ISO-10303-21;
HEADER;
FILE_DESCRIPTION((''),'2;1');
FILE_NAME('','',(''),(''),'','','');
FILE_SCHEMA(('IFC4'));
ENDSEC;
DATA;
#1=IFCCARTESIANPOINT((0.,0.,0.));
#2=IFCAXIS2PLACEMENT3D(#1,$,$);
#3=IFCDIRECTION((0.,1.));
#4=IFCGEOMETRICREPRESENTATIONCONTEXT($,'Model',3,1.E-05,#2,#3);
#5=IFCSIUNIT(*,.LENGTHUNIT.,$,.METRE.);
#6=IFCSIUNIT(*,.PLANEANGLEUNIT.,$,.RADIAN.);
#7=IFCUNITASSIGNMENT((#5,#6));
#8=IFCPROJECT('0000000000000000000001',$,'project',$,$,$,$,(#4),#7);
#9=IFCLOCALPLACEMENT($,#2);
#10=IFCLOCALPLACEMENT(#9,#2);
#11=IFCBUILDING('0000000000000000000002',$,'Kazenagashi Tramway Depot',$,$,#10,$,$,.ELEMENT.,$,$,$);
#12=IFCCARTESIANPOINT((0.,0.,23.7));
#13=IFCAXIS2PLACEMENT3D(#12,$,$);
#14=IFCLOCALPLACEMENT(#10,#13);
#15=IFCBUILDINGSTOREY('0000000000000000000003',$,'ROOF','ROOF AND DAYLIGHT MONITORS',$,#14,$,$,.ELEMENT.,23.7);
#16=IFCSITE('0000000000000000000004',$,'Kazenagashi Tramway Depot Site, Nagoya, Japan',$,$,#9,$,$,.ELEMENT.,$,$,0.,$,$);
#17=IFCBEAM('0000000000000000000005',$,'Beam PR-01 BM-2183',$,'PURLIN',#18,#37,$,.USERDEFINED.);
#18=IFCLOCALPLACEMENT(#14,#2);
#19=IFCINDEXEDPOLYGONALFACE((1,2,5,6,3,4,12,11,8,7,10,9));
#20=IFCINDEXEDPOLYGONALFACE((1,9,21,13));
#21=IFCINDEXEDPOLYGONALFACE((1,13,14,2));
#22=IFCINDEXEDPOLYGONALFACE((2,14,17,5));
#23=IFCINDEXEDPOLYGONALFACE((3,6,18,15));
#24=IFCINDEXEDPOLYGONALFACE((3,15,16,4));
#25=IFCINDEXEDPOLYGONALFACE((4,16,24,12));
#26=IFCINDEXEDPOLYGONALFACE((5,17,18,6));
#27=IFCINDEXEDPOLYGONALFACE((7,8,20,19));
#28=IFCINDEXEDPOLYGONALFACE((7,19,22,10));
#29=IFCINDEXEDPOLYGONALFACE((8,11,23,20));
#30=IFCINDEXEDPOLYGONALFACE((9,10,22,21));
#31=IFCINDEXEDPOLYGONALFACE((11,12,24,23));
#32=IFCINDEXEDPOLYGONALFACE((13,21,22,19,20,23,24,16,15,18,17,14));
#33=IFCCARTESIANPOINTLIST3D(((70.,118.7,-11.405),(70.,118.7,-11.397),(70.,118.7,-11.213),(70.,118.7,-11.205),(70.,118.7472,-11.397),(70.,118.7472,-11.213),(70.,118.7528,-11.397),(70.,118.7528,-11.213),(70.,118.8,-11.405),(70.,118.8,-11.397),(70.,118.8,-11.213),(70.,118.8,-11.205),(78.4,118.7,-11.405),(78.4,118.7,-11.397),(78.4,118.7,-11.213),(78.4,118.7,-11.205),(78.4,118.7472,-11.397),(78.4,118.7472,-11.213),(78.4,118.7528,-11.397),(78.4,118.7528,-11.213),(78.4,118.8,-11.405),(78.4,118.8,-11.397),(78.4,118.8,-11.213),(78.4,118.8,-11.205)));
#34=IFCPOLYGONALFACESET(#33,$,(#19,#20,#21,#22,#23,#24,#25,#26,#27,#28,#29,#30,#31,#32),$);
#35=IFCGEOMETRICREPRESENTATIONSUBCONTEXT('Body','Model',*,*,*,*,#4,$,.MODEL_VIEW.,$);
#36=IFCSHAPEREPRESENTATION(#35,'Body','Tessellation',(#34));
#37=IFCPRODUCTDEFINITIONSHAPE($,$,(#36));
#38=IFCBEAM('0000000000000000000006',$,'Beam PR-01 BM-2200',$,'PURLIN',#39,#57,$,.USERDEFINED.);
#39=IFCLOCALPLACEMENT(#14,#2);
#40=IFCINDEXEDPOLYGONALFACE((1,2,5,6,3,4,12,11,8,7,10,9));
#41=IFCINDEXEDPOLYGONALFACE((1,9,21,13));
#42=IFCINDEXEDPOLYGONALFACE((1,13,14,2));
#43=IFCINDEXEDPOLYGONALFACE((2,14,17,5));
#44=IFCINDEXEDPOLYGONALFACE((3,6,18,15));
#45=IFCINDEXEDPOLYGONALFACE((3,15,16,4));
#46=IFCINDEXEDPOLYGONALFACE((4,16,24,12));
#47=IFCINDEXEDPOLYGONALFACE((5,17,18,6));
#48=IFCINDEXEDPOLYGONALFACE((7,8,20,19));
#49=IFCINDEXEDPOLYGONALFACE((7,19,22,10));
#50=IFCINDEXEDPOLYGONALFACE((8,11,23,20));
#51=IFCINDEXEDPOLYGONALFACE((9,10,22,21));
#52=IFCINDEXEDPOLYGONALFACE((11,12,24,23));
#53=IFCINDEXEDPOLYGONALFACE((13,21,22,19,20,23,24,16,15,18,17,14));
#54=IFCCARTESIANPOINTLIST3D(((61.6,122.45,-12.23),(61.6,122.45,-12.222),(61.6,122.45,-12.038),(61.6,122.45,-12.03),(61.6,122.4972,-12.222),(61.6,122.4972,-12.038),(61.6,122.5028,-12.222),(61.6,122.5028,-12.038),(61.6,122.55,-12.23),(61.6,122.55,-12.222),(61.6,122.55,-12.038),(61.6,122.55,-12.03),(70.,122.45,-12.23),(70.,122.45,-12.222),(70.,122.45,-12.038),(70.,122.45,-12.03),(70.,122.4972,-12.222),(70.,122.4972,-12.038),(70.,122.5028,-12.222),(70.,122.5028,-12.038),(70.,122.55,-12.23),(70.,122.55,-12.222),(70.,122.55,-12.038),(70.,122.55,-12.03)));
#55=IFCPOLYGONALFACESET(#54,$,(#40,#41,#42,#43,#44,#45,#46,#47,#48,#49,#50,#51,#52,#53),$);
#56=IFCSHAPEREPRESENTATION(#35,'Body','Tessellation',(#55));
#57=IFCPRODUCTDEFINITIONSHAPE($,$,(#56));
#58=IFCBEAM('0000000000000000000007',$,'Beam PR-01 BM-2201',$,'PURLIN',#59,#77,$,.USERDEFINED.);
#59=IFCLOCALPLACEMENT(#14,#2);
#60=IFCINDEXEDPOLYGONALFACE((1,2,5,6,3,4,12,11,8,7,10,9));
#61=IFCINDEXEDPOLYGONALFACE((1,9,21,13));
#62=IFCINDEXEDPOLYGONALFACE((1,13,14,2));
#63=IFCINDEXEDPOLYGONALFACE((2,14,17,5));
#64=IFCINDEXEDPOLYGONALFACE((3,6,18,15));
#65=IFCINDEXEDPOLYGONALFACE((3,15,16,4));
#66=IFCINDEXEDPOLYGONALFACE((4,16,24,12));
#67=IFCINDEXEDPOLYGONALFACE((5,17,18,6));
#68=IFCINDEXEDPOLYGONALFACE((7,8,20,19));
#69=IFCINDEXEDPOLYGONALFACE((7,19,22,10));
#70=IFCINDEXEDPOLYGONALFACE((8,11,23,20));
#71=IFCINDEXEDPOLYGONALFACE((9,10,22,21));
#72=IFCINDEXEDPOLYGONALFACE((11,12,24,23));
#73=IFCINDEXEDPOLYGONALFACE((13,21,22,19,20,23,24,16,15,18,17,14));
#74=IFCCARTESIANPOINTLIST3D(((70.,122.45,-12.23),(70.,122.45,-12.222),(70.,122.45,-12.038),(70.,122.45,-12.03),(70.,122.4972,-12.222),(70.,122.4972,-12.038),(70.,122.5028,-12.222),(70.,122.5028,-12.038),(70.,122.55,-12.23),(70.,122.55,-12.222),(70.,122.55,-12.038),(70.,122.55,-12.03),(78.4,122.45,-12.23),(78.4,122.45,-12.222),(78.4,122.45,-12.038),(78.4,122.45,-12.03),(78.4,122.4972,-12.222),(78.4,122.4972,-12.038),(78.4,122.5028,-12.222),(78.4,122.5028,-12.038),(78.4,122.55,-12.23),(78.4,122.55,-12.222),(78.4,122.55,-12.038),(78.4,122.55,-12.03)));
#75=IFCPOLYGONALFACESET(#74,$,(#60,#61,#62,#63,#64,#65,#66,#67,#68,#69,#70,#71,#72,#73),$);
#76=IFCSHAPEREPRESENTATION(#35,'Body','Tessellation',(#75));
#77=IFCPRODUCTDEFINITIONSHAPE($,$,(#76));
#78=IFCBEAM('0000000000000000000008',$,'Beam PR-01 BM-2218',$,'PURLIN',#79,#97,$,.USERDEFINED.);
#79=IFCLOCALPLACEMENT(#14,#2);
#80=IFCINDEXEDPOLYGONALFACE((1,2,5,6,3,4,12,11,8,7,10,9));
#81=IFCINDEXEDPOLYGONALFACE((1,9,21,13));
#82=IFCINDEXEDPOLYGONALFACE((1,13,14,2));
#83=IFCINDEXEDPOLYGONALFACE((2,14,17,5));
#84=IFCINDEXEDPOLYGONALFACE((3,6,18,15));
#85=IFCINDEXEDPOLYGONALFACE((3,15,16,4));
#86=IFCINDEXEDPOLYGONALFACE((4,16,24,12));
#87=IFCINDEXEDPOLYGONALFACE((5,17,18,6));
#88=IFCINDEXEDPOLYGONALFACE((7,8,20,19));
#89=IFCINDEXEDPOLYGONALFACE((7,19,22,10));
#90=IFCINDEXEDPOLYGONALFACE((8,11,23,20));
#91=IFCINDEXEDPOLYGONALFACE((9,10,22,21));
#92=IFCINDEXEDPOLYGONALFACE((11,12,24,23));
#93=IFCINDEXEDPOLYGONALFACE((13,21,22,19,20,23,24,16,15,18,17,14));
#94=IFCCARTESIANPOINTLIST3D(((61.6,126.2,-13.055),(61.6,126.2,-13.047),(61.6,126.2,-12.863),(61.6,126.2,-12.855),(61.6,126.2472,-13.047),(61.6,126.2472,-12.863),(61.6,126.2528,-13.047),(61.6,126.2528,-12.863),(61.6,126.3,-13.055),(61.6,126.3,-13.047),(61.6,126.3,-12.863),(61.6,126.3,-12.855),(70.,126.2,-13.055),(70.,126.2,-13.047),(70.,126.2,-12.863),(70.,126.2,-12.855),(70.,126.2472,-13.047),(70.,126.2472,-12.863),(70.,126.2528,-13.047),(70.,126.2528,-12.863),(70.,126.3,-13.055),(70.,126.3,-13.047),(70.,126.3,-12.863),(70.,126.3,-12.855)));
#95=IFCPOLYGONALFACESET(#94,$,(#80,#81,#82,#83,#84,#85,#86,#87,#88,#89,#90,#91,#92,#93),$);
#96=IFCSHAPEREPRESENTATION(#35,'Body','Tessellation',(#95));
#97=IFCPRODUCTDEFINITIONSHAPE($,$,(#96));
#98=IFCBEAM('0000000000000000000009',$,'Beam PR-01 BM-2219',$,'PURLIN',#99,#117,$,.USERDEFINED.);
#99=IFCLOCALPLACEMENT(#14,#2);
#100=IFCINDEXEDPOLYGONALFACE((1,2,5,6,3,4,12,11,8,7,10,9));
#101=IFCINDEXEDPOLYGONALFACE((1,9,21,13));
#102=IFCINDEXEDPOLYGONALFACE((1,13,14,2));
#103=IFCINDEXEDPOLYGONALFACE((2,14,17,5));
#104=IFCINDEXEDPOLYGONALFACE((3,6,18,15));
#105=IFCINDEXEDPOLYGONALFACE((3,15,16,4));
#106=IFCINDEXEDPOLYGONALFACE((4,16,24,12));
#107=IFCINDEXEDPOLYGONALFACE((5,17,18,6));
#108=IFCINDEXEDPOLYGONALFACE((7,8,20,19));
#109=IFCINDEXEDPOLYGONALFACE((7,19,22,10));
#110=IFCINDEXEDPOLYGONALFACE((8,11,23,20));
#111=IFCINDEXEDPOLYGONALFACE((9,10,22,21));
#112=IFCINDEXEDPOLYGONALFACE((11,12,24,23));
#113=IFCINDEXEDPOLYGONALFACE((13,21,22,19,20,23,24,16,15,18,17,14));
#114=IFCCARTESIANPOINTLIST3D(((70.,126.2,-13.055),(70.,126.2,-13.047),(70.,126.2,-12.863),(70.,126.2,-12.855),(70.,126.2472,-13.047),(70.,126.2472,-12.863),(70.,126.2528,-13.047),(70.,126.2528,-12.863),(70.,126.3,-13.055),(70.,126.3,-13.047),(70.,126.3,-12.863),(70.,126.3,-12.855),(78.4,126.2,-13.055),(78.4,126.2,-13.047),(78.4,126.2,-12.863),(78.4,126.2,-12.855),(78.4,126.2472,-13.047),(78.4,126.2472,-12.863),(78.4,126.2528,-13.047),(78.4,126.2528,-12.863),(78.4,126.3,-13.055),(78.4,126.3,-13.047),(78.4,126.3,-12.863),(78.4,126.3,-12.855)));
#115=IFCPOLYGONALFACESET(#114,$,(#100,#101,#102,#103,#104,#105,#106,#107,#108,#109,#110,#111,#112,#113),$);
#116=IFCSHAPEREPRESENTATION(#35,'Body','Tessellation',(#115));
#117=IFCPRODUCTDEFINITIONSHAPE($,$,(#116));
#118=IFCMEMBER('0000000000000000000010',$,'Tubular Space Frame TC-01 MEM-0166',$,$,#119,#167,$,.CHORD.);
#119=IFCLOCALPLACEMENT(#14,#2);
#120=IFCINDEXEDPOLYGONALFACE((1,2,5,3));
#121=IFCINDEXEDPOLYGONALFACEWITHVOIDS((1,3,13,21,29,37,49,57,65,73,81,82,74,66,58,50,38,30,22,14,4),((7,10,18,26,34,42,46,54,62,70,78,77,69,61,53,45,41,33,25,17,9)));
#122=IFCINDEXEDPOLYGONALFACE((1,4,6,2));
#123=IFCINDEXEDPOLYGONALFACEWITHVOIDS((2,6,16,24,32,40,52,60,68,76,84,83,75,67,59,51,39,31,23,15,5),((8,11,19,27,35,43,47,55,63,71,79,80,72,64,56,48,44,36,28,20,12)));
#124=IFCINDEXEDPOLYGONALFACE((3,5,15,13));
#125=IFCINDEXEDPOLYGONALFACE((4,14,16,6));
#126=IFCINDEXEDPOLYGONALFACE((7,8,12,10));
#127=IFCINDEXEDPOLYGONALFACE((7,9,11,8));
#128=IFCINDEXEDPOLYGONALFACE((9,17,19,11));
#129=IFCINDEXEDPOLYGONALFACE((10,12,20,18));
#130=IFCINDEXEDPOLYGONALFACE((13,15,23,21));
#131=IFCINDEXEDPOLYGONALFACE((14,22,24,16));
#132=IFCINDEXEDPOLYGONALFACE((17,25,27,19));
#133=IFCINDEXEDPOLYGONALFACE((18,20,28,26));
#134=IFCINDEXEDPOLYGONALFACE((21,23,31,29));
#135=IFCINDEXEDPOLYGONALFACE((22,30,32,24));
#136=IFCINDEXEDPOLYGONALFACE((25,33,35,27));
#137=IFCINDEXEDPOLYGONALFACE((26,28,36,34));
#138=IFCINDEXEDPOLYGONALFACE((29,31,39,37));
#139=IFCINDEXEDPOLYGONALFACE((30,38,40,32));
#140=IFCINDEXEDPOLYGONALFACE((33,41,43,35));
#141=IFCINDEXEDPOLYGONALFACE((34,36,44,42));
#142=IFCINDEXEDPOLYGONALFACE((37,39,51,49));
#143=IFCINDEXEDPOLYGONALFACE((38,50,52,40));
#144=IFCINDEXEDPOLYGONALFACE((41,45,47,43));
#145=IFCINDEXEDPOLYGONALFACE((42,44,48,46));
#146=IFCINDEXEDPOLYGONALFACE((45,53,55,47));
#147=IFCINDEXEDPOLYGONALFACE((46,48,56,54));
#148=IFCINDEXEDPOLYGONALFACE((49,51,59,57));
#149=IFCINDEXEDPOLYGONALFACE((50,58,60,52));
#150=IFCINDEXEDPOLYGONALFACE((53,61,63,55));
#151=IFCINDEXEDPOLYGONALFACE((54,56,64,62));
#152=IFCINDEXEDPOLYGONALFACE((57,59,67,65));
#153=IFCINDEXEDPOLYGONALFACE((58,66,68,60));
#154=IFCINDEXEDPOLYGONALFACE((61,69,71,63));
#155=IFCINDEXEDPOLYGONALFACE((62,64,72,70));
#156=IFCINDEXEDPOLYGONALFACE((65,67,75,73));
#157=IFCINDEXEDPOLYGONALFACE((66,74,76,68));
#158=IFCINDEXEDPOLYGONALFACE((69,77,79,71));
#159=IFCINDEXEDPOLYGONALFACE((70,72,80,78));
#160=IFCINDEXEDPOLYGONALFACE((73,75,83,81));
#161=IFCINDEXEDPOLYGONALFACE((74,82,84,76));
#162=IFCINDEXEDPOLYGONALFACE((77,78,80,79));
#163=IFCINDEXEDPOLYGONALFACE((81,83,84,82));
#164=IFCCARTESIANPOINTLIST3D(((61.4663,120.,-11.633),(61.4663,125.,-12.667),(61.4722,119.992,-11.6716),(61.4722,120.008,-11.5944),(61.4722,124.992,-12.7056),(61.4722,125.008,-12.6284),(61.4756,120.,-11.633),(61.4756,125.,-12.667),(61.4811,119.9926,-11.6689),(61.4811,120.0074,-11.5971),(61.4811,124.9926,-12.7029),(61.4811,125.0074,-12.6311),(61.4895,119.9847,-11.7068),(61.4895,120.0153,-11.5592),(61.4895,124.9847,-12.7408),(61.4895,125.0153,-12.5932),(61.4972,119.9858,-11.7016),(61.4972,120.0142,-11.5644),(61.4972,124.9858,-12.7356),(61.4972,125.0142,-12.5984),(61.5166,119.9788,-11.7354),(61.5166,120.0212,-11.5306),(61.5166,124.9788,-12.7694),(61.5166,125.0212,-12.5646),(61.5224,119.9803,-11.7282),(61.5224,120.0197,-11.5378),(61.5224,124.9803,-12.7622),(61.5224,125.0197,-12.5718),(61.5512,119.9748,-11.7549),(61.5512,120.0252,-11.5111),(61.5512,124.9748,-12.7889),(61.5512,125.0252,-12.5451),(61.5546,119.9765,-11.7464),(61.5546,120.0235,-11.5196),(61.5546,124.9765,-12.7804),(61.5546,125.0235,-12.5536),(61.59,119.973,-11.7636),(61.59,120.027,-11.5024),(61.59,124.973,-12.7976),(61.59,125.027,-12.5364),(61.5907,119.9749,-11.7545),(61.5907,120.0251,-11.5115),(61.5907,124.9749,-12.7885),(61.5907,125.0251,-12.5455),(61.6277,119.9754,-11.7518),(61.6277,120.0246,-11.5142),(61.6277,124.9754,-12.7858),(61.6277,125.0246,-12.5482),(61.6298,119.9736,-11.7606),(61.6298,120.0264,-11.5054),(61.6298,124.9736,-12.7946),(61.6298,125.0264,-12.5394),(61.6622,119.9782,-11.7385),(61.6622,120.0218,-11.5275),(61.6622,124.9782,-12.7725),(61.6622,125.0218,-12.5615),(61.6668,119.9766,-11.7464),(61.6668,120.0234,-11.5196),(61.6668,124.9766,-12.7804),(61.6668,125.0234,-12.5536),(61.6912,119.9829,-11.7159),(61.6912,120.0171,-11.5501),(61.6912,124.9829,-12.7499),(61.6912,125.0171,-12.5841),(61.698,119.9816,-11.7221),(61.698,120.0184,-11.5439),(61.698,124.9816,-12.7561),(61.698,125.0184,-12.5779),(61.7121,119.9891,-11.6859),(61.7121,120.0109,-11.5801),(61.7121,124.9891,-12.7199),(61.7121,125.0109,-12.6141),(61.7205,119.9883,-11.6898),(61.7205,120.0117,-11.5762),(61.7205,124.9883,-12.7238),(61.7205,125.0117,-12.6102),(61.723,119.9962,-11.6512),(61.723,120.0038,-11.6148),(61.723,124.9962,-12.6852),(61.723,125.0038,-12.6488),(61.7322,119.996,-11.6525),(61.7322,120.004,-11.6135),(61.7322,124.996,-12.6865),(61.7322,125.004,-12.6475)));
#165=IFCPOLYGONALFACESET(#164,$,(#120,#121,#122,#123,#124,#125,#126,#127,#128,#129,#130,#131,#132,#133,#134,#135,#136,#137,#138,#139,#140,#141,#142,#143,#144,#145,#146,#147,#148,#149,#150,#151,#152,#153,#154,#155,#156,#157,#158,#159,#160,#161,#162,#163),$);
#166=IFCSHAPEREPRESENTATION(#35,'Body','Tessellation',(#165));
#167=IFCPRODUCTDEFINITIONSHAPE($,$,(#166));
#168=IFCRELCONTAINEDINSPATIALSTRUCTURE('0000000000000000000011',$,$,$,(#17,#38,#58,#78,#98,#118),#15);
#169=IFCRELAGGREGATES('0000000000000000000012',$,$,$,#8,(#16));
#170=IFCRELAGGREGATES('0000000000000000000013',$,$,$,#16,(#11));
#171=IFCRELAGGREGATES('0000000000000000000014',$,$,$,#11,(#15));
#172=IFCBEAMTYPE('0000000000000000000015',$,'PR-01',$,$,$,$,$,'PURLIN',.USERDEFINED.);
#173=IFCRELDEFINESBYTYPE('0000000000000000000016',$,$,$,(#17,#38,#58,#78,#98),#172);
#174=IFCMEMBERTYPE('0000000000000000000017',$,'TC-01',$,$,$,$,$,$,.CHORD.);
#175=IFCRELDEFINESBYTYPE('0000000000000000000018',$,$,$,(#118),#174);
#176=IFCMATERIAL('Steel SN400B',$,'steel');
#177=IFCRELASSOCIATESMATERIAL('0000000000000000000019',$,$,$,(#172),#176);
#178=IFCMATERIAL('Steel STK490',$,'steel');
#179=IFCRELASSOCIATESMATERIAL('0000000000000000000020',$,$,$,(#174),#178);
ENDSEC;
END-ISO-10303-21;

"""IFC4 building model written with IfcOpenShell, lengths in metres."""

from ifc_helpers import new_model, si_unit, direction, frame, origin, origin_2d, place, context, subcontext, project, spatial, hollow_circle, i_section, extrude, material, material_profile, profile_set, type_object, element, save


model = new_model("IFC4")

# Units and contexts
model_context = context("Model", 3, precision=1e-05, world=origin(), true_north=direction((0.0, 1.0)))
body_context = subcontext(model_context, "Body", "Model", "MODEL_VIEW")
ifc_project = project(units=[si_unit("LENGTHUNIT", "METRE"), si_unit("PLANEANGLEUNIT", "RADIAN")], contexts=[model_context])

# Site, building, storey
site_placement = place(None, origin())
site = spatial("IfcSite", under=ifc_project, at=site_placement, Name="Kazenagashi Tramway Depot Site, Nagoya, Japan", CompositionType="ELEMENT", RefElevation=0.0)
building_placement = place(site_placement, origin())
building = spatial("IfcBuilding", under=site, at=building_placement, Name="Kazenagashi Tramway Depot", CompositionType="ELEMENT")
storey_placement = place(building_placement, frame((0.0, 0.0, 23.7)))
storey = spatial("IfcBuildingStorey", under=building, at=storey_placement, Name="ROOF", Description="ROOF AND DAYLIGHT MONITORS", CompositionType="ELEMENT", Elevation=23.7)

# Beams
ifc_material_1 = material(Name="Steel SN400B", Category="steel")
ifc_material_profile_1 = material_profile(ifc_material_1, i_section(OverallWidth=0.1, OverallDepth=0.2, WebThickness=0.0055, FlangeThickness=0.008, at=origin_2d()), Name="H-200x100x5.5x8")
ifc_profile_set_1 = profile_set([ifc_material_profile_1], Name="Steel SN400B")
beam_type = type_object("IfcBeamType", Name="PR-01", ElementType="PURLIN", PredefinedType="USERDEFINED", material=ifc_profile_set_1)
for number, where, z_axis, x_axis, name in (
    (1, (70.0, 118.75, -11.305), (1.0, 0.0, 0.0), (0.0, 1.0, 0.0), "Beam PR-01 BM-2183"),
    (2, (61.6, 122.5, -12.13), (1.0, 0.0, 0.0), (0.0, 1.0, 0.0), "Beam PR-01 BM-2200"),
    (3, (70.0, 122.5, -12.13), (1.0, 0.0, 0.0), (0.0, 1.0, 0.0), "Beam PR-01 BM-2201"),
    (4, (61.6, 126.25, -12.955), (1.0, 0.0, 0.0), (0.0, 1.0, 0.0), "Beam PR-01 BM-2218"),
    (5, (70.0, 126.25, -12.955), (1.0, 0.0, 0.0), (0.0, 1.0, 0.0), "Beam PR-01 BM-2219"),
):
    element("IfcBeam", number, at=place(storey_placement, frame(where, z_axis=z_axis, x_axis=x_axis)), inside=storey, type_object=beam_type, Name=name, ObjectType="PURLIN", PredefinedType="USERDEFINED", context=body_context, shape_type="SweptSolid", body=[
        extrude(i_section(OverallWidth=0.1, OverallDepth=0.2, WebThickness=0.0055, FlangeThickness=0.008, at=origin_2d()), origin(), (0.0, 0.0, 1.0), 8.4),
    ])

# Member
ifc_material_2 = material(Name="Steel STK490", Category="steel")
ifc_material_profile_2 = material_profile(ifc_material_2, hollow_circle(Radius=0.1337, WallThickness=0.0093, at=origin_2d()), Name="CHS-267.4x9.3")
ifc_profile_set_2 = profile_set([ifc_material_profile_2], Name="Steel STK490")
member_type_1 = type_object("IfcMemberType", Name="TC-01", PredefinedType="CHORD", material=ifc_profile_set_2)
member_1_placement = place(storey_placement, frame((61.6, 120.0, -11.633), z_axis=(0.0, 0.979279, -0.202515), x_axis=(-1.0, 0.0, 0.0)))
element("IfcMember", 6, at=member_1_placement, inside=storey, type_object=member_type_1, Name="Tubular Space Frame TC-01 MEM-0166", PredefinedType="CHORD", context=body_context, shape_type="SweptSolid", body=[
    extrude(hollow_circle(Radius=0.1337, WallThickness=0.0093, at=origin_2d()), origin(), (0.0, 0.0, 1.0), 5.1058),
])

save(model, "model.ifc")
